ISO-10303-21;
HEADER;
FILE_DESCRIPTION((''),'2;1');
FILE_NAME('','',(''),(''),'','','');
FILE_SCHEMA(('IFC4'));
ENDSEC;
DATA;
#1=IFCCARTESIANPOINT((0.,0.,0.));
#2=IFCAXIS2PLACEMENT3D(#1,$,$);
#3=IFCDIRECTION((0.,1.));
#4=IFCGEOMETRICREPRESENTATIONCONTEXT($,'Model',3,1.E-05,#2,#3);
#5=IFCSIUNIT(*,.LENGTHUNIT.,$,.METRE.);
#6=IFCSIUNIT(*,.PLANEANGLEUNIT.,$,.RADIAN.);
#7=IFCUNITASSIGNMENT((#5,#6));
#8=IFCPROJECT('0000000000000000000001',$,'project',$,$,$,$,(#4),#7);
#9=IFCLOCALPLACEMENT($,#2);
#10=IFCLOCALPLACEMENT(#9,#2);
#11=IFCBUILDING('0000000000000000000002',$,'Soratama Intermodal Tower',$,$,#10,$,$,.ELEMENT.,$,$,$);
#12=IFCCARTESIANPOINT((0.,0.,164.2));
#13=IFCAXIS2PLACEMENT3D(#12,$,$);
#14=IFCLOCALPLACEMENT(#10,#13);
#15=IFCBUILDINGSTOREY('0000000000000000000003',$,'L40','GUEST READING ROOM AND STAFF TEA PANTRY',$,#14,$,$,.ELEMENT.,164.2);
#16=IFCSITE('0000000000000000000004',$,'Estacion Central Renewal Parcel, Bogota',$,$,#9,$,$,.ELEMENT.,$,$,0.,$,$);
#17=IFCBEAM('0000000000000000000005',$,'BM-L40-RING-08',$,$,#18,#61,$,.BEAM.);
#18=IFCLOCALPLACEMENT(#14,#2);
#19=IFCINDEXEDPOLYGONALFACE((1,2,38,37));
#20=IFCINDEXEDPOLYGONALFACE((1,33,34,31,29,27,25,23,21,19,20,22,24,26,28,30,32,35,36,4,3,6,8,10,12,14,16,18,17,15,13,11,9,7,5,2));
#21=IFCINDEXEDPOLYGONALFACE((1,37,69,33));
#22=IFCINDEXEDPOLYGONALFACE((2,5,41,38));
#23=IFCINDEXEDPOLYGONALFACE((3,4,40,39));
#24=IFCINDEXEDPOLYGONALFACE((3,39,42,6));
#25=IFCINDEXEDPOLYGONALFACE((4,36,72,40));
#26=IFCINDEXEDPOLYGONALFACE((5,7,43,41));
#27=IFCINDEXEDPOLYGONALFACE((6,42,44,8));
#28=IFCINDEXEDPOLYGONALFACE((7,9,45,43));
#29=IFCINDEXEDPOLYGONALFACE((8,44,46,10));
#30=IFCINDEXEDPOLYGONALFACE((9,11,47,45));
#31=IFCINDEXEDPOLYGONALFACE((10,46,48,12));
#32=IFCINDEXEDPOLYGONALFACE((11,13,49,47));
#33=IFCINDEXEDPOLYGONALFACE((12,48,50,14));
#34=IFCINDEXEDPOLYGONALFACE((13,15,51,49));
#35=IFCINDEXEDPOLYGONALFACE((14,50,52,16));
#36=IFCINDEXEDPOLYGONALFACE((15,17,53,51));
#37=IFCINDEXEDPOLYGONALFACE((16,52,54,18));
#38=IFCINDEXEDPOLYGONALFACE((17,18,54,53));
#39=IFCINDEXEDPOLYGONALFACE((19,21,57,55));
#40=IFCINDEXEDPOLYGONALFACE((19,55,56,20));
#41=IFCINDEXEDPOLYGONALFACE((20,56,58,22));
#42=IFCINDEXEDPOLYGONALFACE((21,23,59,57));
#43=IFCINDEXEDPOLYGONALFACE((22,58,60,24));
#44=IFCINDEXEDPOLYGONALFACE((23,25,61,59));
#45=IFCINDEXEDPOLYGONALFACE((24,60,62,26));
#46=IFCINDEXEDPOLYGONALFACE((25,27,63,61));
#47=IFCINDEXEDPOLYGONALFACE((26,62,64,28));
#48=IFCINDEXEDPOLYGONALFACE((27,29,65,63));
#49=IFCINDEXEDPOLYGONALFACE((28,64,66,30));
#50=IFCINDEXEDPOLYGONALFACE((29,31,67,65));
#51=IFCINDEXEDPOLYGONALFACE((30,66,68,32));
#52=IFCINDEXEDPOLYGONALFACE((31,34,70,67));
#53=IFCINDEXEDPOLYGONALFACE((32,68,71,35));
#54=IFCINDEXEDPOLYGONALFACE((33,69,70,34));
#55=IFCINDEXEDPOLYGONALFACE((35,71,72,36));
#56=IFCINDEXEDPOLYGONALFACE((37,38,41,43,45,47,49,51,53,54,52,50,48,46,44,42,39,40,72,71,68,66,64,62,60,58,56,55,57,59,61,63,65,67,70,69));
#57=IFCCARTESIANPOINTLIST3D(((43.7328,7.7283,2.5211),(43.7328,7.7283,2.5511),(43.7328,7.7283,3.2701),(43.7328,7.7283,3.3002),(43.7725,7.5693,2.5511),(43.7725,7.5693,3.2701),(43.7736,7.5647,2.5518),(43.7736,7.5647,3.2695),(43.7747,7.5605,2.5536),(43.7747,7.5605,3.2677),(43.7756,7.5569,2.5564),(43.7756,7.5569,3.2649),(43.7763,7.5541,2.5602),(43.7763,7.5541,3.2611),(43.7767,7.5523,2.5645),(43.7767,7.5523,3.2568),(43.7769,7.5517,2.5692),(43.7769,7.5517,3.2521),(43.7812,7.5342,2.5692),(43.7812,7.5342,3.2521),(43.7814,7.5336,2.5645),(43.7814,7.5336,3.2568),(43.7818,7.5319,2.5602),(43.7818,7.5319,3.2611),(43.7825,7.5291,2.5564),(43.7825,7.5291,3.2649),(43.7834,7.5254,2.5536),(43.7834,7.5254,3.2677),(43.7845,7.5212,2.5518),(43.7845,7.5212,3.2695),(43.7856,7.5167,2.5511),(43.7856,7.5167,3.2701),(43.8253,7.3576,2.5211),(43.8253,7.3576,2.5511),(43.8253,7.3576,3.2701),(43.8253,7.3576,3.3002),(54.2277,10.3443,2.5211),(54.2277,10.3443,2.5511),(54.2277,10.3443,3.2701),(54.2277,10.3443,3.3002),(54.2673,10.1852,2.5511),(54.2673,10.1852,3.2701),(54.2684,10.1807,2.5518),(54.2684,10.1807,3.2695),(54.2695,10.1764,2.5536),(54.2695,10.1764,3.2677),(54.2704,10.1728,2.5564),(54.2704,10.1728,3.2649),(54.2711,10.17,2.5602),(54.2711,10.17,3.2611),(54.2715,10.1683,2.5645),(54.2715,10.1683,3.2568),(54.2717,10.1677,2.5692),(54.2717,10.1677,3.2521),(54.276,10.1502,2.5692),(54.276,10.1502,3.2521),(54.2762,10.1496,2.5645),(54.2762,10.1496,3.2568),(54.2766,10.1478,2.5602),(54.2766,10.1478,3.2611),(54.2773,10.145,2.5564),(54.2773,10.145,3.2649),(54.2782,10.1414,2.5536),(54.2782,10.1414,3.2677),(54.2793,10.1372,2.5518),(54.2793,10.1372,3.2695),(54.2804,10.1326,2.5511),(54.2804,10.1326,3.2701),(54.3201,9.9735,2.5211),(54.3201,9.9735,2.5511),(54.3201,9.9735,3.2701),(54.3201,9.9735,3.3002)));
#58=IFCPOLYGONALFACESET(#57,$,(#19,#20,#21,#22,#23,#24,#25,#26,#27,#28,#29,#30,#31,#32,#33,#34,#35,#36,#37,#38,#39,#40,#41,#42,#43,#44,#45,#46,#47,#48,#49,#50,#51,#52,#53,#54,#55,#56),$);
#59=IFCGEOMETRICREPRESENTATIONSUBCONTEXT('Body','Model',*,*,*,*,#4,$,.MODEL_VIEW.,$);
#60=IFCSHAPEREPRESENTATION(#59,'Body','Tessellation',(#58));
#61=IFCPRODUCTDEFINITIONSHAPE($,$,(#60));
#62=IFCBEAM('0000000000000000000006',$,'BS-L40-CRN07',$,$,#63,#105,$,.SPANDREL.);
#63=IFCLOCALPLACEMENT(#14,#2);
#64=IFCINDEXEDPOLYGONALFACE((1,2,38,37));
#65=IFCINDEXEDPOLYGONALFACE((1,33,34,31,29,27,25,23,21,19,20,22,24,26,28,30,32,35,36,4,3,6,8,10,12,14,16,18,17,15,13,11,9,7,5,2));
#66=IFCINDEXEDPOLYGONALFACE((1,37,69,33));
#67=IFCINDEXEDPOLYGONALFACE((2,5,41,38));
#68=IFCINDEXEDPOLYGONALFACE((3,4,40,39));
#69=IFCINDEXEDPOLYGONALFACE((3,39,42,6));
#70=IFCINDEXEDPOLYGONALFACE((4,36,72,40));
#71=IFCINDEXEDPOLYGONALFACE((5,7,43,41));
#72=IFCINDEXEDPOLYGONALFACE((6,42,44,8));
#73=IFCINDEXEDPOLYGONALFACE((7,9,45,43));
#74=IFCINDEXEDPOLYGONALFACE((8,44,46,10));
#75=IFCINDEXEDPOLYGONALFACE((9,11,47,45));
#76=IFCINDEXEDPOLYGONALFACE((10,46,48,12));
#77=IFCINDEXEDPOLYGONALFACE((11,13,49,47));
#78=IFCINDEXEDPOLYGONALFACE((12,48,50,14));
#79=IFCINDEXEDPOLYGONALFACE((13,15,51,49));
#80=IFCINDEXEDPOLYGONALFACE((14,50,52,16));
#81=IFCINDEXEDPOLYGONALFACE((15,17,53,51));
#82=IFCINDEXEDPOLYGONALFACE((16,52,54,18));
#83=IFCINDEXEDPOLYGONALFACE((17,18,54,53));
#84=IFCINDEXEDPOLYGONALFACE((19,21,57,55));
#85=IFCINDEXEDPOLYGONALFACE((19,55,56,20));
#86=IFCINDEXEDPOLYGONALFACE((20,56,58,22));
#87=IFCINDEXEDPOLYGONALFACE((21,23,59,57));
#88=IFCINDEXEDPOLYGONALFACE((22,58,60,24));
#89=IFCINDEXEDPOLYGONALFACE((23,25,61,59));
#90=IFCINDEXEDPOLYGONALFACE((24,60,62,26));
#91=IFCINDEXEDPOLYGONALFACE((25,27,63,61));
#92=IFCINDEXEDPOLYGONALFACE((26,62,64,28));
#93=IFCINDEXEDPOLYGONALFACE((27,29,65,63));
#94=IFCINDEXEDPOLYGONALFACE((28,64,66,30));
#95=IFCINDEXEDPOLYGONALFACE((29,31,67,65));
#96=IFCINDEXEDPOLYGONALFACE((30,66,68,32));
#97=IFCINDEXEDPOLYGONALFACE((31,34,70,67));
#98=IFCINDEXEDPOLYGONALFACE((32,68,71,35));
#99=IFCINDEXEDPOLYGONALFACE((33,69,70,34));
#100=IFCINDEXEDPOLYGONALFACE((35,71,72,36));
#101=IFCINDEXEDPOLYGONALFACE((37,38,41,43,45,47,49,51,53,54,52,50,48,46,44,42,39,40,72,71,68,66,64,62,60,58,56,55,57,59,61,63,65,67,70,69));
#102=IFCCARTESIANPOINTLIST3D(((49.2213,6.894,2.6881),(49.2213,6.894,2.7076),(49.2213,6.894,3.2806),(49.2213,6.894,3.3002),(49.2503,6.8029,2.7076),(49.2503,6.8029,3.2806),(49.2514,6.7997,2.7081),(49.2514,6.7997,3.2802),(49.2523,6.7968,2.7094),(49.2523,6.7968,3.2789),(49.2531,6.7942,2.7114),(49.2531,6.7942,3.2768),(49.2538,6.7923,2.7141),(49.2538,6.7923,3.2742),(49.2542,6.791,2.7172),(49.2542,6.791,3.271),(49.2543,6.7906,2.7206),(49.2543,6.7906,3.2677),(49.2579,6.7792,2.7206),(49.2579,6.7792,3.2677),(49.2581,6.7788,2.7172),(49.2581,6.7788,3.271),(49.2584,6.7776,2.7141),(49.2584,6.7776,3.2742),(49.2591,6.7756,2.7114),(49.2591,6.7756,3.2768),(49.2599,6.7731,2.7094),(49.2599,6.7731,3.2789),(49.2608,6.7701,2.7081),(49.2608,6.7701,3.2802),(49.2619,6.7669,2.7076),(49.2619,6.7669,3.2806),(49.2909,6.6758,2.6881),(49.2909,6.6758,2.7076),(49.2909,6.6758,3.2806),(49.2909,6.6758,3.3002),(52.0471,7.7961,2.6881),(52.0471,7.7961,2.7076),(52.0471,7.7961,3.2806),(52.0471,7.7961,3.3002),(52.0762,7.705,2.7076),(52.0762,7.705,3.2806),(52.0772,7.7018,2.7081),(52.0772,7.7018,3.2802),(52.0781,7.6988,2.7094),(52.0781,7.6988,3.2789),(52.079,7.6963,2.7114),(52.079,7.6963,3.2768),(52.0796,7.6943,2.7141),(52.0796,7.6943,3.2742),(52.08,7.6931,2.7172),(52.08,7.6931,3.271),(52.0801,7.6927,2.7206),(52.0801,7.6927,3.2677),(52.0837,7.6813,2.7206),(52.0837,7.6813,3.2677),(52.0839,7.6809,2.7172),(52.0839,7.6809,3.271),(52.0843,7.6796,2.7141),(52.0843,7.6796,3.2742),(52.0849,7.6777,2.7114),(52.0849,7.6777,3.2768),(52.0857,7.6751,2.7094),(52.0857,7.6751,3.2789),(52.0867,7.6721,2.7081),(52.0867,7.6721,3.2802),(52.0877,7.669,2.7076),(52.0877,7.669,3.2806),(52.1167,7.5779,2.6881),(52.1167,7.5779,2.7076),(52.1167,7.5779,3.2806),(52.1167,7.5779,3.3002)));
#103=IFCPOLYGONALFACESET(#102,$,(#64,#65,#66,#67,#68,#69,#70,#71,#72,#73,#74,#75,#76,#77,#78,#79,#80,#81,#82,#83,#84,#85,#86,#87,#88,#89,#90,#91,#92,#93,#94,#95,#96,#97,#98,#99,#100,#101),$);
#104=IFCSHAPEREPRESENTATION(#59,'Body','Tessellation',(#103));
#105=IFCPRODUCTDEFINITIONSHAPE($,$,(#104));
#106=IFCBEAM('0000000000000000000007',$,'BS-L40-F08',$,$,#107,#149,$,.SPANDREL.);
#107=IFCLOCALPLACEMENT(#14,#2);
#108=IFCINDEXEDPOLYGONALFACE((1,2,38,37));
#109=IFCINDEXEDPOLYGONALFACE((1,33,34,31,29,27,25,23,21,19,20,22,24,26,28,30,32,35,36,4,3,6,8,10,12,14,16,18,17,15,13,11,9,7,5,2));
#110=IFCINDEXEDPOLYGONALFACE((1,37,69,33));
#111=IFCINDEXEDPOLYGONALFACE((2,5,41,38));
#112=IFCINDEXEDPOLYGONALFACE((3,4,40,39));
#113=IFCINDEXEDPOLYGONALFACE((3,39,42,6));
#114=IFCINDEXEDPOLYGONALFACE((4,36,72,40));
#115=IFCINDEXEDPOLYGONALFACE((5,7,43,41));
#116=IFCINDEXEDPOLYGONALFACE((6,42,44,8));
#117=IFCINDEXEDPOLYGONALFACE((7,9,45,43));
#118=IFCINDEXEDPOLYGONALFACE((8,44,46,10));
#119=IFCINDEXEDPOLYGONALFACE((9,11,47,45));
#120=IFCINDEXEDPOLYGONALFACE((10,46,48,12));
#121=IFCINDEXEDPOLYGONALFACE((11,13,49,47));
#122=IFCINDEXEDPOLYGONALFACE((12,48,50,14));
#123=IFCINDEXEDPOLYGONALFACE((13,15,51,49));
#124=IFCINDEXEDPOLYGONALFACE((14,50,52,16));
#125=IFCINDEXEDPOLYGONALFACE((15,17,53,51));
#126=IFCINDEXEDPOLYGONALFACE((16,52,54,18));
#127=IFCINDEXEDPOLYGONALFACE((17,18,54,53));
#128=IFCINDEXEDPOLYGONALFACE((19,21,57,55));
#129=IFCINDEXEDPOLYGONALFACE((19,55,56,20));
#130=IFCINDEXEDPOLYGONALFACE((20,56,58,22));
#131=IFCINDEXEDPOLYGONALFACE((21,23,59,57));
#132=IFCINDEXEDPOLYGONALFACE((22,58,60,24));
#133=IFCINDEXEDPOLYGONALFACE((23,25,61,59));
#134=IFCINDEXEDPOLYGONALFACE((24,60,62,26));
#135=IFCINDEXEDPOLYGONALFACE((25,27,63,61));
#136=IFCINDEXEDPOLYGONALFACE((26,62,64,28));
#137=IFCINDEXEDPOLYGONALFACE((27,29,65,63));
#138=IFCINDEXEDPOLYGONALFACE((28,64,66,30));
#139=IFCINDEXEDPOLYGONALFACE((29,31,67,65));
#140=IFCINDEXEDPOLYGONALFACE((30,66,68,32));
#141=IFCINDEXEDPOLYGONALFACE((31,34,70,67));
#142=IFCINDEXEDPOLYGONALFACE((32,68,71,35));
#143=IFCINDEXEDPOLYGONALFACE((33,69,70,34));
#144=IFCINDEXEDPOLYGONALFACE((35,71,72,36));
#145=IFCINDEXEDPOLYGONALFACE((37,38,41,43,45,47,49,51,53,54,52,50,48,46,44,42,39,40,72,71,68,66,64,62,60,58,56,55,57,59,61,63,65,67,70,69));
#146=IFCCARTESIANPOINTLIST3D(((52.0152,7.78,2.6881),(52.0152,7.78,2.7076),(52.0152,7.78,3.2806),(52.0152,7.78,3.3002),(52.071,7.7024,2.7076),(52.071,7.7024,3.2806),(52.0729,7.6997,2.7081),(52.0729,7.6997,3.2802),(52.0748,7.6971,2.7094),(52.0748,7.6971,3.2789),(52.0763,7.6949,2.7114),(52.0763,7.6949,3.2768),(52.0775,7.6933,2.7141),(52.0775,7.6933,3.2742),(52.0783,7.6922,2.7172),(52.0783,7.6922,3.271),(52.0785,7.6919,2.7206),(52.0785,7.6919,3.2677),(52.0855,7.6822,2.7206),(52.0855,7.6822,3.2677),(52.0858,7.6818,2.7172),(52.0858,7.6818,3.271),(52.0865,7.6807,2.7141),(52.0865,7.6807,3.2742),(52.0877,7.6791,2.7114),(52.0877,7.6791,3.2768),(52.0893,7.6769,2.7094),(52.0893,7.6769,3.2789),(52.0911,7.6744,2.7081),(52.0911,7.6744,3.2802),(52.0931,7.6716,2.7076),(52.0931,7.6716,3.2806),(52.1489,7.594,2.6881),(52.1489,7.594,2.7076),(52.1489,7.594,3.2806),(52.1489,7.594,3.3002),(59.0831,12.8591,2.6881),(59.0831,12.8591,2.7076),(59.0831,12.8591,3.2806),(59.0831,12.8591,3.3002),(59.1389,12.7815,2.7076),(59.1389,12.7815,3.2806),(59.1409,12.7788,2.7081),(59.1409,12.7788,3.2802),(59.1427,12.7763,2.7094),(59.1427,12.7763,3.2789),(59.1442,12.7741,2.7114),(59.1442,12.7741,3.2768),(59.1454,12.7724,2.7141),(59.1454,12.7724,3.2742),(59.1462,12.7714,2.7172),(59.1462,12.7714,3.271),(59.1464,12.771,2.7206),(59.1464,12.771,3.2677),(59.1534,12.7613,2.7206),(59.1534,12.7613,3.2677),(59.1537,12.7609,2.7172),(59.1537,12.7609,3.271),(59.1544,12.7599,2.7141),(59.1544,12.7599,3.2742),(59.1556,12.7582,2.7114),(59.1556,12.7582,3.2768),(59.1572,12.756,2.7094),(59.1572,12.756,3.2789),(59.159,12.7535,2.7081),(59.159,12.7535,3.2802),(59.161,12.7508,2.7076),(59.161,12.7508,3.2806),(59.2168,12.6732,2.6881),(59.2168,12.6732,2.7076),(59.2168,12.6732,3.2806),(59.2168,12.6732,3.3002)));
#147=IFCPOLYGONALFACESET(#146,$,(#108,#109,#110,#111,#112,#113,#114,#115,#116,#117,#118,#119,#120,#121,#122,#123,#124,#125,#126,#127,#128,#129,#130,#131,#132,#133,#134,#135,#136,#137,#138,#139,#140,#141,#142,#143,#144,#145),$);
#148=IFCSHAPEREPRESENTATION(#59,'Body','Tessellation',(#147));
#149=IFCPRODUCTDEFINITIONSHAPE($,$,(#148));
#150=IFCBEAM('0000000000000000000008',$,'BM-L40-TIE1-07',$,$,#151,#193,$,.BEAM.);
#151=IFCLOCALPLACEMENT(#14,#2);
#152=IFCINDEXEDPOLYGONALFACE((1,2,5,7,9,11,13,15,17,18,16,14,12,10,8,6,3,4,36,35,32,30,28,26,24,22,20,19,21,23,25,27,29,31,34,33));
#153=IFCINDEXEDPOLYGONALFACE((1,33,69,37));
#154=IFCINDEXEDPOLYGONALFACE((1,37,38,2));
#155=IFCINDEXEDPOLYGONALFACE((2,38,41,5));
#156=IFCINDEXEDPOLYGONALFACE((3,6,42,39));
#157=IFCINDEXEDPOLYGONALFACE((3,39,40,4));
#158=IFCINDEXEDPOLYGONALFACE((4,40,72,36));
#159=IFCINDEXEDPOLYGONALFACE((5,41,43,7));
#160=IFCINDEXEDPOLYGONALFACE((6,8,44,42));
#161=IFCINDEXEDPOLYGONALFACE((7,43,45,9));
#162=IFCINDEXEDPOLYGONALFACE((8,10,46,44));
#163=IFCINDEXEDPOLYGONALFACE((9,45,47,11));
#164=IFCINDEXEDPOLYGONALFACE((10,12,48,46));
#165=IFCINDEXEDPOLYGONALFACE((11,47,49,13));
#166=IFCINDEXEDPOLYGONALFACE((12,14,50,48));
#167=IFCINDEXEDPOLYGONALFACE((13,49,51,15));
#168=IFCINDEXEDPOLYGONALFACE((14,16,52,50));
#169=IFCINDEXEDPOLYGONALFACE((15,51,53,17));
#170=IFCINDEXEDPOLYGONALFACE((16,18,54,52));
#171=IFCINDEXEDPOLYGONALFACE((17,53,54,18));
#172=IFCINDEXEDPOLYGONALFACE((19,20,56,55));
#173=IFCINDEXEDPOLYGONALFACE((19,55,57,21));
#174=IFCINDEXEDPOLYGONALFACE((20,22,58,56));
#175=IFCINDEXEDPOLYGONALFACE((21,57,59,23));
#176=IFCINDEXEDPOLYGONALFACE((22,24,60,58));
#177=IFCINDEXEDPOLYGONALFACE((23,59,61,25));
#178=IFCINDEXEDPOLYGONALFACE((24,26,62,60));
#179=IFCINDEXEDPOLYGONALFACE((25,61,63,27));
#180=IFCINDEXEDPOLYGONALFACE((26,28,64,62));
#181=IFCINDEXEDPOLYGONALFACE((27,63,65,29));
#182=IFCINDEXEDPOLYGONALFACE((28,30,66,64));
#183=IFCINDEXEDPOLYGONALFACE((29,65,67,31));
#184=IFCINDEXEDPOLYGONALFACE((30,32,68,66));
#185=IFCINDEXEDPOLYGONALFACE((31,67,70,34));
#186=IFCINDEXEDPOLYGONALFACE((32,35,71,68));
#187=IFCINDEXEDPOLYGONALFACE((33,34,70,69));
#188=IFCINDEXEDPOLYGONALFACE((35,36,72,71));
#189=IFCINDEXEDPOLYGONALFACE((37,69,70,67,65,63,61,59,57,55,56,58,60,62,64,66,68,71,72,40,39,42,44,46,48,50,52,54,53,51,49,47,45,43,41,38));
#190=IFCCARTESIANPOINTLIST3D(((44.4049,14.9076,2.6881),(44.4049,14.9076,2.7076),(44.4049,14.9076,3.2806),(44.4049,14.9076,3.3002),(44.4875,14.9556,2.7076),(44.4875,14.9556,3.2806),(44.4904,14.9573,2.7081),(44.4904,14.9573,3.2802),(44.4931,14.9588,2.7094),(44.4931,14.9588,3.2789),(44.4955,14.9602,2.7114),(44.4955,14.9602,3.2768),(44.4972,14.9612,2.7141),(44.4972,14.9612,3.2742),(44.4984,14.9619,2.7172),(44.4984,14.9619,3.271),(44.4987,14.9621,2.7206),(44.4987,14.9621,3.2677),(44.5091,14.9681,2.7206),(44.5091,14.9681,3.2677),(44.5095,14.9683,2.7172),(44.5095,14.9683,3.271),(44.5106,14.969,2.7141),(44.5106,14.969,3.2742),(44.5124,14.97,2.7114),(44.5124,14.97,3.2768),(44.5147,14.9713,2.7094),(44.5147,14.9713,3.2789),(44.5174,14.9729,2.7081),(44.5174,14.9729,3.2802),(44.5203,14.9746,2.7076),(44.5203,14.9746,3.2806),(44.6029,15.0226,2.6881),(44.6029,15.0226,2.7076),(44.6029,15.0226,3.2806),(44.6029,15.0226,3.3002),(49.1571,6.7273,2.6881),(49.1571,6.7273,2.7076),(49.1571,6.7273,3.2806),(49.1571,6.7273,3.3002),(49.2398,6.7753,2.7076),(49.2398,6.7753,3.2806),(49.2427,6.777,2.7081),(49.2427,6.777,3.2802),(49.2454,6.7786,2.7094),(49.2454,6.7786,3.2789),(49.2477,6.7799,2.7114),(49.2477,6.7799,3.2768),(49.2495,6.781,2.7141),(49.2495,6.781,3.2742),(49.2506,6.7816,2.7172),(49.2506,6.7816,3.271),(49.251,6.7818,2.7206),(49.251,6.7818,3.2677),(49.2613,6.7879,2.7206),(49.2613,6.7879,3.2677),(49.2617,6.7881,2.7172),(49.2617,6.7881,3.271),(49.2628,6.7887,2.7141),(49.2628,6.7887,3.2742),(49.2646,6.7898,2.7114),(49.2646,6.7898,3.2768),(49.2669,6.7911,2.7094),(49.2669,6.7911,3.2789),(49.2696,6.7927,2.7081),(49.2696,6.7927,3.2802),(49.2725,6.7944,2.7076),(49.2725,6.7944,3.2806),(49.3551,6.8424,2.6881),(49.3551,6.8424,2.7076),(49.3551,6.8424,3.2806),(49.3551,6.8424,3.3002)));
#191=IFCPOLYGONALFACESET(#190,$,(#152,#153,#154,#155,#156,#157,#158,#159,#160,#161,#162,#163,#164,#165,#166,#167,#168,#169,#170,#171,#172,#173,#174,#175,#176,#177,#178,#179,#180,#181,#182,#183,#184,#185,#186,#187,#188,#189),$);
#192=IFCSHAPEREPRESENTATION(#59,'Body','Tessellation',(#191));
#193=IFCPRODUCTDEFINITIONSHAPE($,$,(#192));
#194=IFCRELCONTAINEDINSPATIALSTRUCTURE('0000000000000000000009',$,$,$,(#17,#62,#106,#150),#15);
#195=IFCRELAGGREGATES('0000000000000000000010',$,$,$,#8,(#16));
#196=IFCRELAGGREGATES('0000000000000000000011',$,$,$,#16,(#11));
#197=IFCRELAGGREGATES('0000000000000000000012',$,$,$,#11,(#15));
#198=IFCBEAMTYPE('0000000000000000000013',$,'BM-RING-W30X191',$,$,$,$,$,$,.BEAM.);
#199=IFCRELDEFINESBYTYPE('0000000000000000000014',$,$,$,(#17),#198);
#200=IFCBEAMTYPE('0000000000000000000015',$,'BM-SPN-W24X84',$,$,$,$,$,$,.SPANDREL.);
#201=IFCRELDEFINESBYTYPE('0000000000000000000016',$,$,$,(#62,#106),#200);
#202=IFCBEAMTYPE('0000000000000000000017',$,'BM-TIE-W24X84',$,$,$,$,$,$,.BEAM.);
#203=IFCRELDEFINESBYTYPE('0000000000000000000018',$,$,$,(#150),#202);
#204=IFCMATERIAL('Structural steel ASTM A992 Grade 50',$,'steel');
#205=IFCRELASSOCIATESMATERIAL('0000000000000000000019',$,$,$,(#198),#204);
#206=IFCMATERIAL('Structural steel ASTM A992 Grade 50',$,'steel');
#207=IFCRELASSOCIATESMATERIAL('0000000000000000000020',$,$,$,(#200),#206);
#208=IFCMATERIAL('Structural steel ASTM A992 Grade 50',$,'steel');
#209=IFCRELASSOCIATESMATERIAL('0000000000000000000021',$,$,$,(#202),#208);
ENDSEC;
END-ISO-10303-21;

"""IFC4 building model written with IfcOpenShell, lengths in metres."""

from ifc_helpers import new_model, si_unit, direction, frame, origin, origin_2d, place, context, subcontext, project, spatial, i_section, extrude, material, material_profile, profile_set, type_object, element, save


model = new_model("IFC4")

# Units and contexts
model_context = context("Model", 3, precision=1e-05, world=origin(), true_north=direction((0.0, 1.0)))
body_context = subcontext(model_context, "Body", "Model", "MODEL_VIEW")
ifc_project = project(units=[si_unit("LENGTHUNIT", "METRE"), si_unit("PLANEANGLEUNIT", "RADIAN")], contexts=[model_context])

# Site, building, storey
site_placement = place(None, origin())
site = spatial("IfcSite", under=ifc_project, at=site_placement, Name="Estacion Central Renewal Parcel, Bogota", CompositionType="ELEMENT", RefElevation=0.0)
building_placement = place(site_placement, origin())
building = spatial("IfcBuilding", under=site, at=building_placement, Name="Soratama Intermodal Tower", CompositionType="ELEMENT")
storey_placement = place(building_placement, frame((0.0, 0.0, 164.2)))
storey = spatial("IfcBuildingStorey", under=building, at=storey_placement, Name="L40", Description="GUEST READING ROOM AND STAFF TEA PANTRY", CompositionType="ELEMENT", Elevation=164.2)

# Beams
ifc_material_1 = material(Name="Structural steel ASTM A992 Grade 50", Category="steel")
ifc_material_profile_1 = material_profile(ifc_material_1, i_section(OverallWidth=0.3821, OverallDepth=0.7791, WebThickness=0.0181, FlangeThickness=0.03, FilletRadius=0.0181, at=origin_2d()), Name="W30X191")
ifc_profile_set_1 = profile_set([ifc_material_profile_1], Name="Structural steel ASTM A992 Grade 50")
beam_type_1 = type_object("IfcBeamType", Name="BM-RING-W30X191", PredefinedType="BEAM", material=ifc_profile_set_1)
beam_1_placement = place(storey_placement, frame((43.7791, 7.543, 2.9106), z_axis=(0.970311, 0.241861, 0.0), x_axis=(-0.241861, 0.970311, 0.0)))
element("IfcBeam", 1, at=beam_1_placement, inside=storey, type_object=beam_type_1, Name="BM-L40-RING-08", PredefinedType="BEAM", context=body_context, shape_type="SweptSolid", body=[
    extrude(i_section(OverallWidth=0.3821, OverallDepth=0.7791, WebThickness=0.0181, FlangeThickness=0.03, FilletRadius=0.0181, at=origin_2d()), origin(), (0.0, 0.0, 1.0), 10.8159),
])
ifc_material_2 = material(Name="Structural steel ASTM A992 Grade 50", Category="steel")
ifc_material_profile_2 = material_profile(ifc_material_2, i_section(OverallWidth=0.229, OverallDepth=0.6121, WebThickness=0.012, FlangeThickness=0.0195, FilletRadius=0.0129, at=origin_2d()), Name="W24X84")
ifc_profile_set_2 = profile_set([ifc_material_profile_2], Name="Structural steel ASTM A992 Grade 50")
beam_type_2 = type_object("IfcBeamType", Name="BM-SPN-W24X84", PredefinedType="SPANDREL", material=ifc_profile_set_2)
beam_2_placement = place(storey_placement, frame((49.2561, 6.7849, 2.9941), z_axis=(0.952639, 0.304104, 0.0), x_axis=(-0.304104, 0.952639, 0.0)))
element("IfcBeam", 2, at=beam_2_placement, inside=storey, type_object=beam_type_2, Name="BS-L40-CRN07", PredefinedType="SPANDREL", context=body_context, shape_type="SweptSolid", body=[
    extrude(i_section(OverallWidth=0.229, OverallDepth=0.6121, WebThickness=0.012, FlangeThickness=0.0195, FilletRadius=0.0129, at=origin_2d()), origin(), (0.0, 0.0, 1.0), 2.9663),
])
beam_3_placement = place(storey_placement, frame((52.082, 7.687, 2.9941), z_axis=(0.812066, 0.583566, 0.0), x_axis=(-0.583566, 0.812066, 0.0)))
element("IfcBeam", 3, at=beam_3_placement, inside=storey, type_object=beam_type_2, Name="BS-L40-F08", PredefinedType="SPANDREL", context=body_context, shape_type="SweptSolid", body=[
    extrude(i_section(OverallWidth=0.229, OverallDepth=0.6121, WebThickness=0.012, FlangeThickness=0.0195, FilletRadius=0.0129, at=origin_2d()), origin(), (0.0, 0.0, 1.0), 8.7036),
])
ifc_material_3 = material(Name="Structural steel ASTM A992 Grade 50", Category="steel")
ifc_material_profile_3 = material_profile(ifc_material_3, i_section(OverallWidth=0.229, OverallDepth=0.6121, WebThickness=0.012, FlangeThickness=0.0195, FilletRadius=0.0129, at=origin_2d()), Name="W24X84")
ifc_profile_set_3 = profile_set([ifc_material_profile_3], Name="Structural steel ASTM A992 Grade 50")
beam_type_3 = type_object("IfcBeamType", Name="BM-TIE-W24X84", PredefinedType="BEAM", material=ifc_profile_set_3)
beam_4_placement = place(storey_placement, frame((44.5039, 14.9651, 2.9941), z_axis=(0.502327, -0.864678, 0.0), x_axis=(0.864678, 0.502327, 0.0)))
element("IfcBeam", 4, at=beam_4_placement, inside=storey, type_object=beam_type_3, Name="BM-L40-TIE1-07", PredefinedType="BEAM", context=body_context, shape_type="SweptSolid", body=[
    extrude(i_section(OverallWidth=0.229, OverallDepth=0.6121, WebThickness=0.012, FlangeThickness=0.0195, FilletRadius=0.0129, at=origin_2d()), origin(), (0.0, 0.0, 1.0), 9.4604),
])

save(model, "model.ifc")
